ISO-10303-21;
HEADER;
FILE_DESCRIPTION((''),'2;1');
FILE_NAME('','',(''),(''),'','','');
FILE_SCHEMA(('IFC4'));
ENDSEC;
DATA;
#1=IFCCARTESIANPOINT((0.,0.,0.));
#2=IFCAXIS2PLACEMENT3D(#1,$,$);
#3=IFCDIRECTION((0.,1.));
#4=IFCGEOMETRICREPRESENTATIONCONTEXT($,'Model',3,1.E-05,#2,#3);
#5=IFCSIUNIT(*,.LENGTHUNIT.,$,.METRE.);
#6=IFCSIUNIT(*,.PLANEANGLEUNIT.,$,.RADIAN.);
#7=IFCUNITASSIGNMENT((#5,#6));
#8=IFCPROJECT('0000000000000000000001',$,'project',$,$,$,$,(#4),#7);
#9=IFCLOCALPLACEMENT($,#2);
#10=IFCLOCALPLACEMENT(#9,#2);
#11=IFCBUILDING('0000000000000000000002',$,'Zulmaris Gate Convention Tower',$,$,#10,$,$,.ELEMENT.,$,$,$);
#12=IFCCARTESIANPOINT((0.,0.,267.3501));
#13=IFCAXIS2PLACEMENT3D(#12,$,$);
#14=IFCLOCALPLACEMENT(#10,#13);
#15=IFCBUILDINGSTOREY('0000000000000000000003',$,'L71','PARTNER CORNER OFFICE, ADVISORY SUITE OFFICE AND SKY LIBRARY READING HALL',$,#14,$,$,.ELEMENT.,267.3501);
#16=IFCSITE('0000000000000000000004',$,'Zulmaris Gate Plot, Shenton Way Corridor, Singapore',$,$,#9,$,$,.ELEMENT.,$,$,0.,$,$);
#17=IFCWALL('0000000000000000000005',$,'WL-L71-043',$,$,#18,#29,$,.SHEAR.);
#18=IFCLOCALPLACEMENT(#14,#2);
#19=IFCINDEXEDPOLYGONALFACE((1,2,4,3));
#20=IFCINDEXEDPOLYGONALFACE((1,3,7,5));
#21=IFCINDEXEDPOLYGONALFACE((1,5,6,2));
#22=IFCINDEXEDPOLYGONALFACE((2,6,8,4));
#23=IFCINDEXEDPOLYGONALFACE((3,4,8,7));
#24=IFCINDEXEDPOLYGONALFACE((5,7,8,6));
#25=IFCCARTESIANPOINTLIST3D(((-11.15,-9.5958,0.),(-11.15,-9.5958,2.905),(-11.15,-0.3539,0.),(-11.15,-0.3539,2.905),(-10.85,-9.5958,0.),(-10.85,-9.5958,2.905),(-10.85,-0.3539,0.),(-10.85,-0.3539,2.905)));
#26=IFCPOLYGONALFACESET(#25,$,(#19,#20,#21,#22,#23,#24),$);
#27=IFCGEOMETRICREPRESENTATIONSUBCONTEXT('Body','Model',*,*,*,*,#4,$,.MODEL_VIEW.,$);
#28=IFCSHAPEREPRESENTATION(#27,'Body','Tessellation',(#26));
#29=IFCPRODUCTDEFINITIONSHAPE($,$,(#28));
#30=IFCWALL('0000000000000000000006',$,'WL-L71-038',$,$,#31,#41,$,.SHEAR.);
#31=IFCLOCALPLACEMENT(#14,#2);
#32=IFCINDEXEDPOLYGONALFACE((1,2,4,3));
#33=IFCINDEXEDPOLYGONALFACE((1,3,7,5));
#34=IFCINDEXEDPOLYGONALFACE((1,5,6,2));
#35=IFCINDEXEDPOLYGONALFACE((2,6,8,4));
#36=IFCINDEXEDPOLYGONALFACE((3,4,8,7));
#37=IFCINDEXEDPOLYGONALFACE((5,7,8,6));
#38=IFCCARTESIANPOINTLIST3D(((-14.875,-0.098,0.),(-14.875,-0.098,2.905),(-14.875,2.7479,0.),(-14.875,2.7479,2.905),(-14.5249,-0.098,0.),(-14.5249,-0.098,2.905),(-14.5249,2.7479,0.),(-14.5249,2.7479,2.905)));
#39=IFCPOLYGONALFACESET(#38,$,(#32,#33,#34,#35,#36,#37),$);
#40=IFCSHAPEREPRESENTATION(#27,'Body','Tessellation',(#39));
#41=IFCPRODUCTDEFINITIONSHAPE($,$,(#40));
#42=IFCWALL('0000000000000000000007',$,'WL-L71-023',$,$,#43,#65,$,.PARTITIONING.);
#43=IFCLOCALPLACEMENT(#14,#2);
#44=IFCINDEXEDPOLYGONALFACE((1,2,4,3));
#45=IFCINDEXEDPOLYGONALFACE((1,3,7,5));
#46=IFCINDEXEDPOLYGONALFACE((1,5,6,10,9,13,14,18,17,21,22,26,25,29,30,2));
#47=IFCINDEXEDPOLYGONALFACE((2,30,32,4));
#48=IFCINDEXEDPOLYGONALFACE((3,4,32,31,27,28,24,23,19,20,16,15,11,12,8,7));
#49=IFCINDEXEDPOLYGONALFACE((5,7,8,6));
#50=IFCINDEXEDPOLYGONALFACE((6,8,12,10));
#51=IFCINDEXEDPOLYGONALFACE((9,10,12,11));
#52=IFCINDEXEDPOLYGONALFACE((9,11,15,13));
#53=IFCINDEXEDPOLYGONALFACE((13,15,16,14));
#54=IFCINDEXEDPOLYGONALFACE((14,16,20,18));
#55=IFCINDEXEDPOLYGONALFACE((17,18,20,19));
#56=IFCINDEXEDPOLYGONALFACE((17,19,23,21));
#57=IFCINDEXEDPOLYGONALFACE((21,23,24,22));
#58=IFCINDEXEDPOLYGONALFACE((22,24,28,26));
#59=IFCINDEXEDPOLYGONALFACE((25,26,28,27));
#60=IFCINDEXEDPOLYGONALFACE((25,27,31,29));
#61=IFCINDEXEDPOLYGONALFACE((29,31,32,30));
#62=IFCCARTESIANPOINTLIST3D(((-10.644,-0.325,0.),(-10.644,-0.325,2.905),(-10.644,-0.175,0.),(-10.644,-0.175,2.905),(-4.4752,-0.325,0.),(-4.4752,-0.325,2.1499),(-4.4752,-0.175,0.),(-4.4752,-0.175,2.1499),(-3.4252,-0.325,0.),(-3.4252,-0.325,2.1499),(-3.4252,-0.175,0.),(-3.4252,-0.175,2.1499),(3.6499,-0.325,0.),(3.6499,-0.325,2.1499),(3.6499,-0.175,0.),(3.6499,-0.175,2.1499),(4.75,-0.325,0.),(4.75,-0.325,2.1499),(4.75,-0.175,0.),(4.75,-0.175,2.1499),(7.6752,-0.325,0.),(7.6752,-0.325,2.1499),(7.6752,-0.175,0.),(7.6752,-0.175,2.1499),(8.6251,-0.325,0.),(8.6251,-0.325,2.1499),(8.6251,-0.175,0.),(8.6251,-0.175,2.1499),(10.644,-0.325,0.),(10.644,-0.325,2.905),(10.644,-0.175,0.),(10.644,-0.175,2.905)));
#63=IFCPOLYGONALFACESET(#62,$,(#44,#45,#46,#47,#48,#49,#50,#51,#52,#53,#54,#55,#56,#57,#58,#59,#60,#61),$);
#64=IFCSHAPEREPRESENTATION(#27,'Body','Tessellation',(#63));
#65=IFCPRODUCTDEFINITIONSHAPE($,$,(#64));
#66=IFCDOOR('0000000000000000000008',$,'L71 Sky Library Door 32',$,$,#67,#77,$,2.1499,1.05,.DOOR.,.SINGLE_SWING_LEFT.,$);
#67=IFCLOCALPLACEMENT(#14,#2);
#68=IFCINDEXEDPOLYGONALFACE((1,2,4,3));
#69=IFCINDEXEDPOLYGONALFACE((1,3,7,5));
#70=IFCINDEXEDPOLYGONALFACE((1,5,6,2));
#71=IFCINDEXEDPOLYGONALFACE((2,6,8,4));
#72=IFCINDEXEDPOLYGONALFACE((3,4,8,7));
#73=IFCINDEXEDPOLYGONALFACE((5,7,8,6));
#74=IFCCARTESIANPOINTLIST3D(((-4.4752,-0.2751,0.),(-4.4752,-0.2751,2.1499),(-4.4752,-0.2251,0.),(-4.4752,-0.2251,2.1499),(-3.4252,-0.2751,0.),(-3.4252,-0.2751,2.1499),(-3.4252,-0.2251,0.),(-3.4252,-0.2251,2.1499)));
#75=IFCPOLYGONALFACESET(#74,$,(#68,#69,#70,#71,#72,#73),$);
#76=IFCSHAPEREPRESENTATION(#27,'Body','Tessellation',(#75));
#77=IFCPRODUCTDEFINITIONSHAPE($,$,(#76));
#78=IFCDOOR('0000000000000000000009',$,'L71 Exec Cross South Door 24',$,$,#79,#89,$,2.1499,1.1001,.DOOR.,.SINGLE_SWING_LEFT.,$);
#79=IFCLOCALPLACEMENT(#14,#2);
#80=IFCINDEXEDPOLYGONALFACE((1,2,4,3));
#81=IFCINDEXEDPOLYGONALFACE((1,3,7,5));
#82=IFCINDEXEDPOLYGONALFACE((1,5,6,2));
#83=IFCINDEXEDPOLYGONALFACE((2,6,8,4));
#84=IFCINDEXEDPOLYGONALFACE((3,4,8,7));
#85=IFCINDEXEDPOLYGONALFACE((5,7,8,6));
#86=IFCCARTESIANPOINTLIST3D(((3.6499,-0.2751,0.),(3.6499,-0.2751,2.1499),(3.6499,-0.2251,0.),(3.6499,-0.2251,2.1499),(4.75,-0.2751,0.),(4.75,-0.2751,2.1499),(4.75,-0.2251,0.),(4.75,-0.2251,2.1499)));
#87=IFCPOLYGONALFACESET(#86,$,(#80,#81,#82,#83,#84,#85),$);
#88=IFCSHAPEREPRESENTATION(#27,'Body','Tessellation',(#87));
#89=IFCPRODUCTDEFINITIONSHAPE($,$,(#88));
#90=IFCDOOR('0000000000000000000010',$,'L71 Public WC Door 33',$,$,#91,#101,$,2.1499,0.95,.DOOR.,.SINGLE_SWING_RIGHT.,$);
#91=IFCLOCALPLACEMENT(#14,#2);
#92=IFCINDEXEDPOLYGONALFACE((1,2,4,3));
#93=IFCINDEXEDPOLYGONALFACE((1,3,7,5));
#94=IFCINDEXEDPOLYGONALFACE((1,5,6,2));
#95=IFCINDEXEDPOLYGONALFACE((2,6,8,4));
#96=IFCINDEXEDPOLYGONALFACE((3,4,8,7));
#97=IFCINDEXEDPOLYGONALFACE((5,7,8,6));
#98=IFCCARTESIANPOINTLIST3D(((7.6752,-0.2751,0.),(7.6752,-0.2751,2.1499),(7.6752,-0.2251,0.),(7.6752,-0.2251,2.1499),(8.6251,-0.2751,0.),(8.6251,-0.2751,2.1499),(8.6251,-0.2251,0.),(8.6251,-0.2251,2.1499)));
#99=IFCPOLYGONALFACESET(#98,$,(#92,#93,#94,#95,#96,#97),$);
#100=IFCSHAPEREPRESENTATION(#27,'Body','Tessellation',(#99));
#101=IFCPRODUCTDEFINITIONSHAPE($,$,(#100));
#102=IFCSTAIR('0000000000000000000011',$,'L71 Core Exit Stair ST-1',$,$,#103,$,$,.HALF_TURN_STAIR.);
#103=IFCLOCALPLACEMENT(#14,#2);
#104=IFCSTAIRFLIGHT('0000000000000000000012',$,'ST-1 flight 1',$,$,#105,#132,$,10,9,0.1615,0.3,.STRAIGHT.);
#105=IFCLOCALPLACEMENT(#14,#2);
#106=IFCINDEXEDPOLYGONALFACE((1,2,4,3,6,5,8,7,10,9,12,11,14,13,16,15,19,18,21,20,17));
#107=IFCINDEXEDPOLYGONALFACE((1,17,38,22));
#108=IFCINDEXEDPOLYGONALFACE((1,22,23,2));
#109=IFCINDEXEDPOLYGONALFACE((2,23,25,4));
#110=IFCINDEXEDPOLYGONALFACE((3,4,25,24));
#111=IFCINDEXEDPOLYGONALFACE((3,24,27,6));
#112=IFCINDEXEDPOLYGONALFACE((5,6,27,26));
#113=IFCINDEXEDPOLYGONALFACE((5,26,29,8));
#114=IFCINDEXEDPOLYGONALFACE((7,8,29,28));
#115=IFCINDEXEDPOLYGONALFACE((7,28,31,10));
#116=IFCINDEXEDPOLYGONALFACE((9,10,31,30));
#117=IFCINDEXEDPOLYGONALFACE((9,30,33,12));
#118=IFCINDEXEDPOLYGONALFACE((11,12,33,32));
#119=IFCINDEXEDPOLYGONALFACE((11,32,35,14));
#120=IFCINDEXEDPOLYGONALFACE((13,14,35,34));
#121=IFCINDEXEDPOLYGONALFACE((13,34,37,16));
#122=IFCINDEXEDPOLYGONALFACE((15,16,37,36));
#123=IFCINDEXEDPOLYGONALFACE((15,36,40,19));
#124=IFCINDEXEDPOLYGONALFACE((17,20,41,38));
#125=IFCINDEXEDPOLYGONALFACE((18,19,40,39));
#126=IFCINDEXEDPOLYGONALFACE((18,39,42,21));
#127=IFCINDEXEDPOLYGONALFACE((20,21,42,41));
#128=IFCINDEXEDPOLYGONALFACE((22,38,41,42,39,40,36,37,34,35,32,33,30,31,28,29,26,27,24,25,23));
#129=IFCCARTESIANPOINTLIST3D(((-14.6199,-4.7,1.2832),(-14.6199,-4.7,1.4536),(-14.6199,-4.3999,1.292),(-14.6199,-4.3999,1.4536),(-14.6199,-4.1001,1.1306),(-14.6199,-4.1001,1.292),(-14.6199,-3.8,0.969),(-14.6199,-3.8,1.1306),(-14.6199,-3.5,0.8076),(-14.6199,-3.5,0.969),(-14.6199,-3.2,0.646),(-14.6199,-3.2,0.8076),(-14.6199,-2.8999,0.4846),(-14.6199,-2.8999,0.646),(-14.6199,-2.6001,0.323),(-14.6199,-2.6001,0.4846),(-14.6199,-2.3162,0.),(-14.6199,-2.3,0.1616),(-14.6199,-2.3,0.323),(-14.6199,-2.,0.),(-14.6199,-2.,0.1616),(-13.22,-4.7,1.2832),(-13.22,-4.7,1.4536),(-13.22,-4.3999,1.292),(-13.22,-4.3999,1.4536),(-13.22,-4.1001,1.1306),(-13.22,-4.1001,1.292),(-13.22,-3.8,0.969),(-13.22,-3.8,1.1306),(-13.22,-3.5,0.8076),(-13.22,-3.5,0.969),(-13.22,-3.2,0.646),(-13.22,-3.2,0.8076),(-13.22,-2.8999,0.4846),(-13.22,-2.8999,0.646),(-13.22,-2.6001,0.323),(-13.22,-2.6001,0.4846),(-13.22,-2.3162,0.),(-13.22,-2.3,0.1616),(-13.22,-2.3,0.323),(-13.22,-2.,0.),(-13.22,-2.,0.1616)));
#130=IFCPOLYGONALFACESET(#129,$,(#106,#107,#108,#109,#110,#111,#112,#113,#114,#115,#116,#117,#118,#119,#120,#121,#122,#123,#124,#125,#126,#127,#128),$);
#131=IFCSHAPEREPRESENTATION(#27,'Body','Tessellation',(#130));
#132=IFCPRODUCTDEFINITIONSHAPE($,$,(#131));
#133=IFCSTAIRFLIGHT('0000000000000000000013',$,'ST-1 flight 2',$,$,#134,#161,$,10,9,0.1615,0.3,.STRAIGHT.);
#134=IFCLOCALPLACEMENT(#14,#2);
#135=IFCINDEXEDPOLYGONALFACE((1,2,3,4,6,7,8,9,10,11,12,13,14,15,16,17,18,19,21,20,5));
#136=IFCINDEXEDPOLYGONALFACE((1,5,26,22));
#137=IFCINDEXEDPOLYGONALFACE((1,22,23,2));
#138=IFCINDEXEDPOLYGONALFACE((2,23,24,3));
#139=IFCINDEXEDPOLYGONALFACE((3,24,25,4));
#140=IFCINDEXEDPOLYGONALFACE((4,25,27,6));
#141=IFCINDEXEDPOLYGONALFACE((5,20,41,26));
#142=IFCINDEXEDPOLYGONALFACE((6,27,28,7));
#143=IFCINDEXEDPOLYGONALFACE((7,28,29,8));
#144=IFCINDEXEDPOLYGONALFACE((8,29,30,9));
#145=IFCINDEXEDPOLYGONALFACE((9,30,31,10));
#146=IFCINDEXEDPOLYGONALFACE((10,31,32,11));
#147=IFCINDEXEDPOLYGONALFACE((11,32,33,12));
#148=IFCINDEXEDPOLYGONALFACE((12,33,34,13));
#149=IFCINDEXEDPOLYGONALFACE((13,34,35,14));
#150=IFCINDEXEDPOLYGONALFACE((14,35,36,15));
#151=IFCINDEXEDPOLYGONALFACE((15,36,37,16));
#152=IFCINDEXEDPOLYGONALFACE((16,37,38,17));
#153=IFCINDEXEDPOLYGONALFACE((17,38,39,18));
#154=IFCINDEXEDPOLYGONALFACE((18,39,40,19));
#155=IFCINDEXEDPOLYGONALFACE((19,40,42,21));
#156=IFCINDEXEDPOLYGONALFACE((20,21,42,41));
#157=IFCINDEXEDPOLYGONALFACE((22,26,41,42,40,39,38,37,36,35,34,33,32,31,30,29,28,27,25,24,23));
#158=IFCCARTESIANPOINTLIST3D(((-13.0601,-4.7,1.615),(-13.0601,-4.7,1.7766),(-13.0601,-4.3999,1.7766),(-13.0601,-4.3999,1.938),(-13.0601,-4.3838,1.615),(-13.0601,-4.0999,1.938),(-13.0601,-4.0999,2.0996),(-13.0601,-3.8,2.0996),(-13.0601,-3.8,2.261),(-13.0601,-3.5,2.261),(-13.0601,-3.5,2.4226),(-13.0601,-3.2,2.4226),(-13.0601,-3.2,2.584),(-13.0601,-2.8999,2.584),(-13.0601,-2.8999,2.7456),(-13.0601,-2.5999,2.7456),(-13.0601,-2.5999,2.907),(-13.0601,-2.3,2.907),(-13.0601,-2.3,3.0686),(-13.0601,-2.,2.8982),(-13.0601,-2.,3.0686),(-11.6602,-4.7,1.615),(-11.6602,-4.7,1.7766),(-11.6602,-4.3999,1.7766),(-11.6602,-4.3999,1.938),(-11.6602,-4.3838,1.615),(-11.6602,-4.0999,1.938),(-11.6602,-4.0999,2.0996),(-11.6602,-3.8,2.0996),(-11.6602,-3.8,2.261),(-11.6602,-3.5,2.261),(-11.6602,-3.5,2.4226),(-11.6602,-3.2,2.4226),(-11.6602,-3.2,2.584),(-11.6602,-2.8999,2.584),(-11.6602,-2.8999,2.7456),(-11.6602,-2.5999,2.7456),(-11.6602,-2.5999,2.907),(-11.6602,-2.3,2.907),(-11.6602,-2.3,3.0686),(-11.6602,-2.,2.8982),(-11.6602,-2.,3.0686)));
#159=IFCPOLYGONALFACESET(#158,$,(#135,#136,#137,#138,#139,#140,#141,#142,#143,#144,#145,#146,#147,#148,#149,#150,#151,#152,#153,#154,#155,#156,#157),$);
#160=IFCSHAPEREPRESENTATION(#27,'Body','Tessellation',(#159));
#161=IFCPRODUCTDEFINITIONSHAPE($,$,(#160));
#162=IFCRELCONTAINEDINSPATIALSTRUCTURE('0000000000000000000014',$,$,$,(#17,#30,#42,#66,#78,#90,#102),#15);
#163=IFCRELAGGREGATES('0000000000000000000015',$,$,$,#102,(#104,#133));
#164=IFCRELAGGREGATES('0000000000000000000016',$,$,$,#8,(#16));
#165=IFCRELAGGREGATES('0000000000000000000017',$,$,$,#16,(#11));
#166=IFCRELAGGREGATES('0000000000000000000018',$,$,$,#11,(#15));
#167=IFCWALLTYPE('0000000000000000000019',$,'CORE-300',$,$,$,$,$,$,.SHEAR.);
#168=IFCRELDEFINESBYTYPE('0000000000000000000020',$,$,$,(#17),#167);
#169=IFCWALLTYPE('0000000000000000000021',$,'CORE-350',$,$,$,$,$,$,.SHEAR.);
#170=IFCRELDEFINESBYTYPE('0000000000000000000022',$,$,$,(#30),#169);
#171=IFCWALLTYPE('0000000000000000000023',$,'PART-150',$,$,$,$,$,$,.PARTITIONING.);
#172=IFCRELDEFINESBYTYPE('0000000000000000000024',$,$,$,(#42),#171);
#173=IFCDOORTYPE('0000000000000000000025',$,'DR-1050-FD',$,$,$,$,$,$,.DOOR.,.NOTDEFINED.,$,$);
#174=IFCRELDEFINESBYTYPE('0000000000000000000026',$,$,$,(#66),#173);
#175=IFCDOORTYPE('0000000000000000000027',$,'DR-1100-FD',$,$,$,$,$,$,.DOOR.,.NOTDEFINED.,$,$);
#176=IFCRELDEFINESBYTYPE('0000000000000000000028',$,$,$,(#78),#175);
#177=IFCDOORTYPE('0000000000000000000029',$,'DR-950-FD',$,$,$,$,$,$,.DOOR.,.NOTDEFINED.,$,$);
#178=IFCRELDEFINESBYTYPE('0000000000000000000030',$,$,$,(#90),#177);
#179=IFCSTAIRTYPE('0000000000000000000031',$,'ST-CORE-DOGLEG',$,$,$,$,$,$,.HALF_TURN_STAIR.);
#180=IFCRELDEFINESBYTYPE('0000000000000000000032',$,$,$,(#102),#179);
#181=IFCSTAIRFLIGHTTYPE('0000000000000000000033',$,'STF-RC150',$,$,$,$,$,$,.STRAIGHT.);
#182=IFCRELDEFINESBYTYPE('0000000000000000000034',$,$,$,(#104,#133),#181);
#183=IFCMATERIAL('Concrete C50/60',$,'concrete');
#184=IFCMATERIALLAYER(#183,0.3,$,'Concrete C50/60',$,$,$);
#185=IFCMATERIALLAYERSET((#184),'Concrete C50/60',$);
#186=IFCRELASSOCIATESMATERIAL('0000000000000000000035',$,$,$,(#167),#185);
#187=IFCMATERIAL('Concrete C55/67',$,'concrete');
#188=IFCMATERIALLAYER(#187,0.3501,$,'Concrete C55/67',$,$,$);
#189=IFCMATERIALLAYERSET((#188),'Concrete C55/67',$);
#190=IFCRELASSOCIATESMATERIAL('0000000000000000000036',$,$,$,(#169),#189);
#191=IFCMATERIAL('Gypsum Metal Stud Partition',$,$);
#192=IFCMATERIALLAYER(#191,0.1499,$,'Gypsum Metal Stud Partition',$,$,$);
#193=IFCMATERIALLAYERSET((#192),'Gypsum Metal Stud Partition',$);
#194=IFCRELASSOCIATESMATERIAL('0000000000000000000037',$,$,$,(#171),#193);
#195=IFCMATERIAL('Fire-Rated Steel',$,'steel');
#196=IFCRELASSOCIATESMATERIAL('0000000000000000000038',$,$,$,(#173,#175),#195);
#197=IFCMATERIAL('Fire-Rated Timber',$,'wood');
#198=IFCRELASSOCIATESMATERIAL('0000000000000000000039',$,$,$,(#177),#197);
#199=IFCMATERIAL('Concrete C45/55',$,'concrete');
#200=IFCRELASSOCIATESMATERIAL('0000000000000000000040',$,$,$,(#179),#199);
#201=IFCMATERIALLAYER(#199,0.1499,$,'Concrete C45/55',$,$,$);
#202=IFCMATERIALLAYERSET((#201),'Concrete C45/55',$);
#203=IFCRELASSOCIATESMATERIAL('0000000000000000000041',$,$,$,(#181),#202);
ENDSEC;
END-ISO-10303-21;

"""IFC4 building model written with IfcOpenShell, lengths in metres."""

from ifc_helpers import new_model, si_unit, direction, frame, frame_2d, origin, place, context, subcontext, project, spatial, polyline, rectangle, outline, extrude, material, layer, layer_set, type_object, element, fill, aggregate, save


model = new_model("IFC4")

# Units and contexts
model_context = context("Model", 3, precision=1e-05, world=origin(), true_north=direction((0.0, 1.0)))
body_context = subcontext(model_context, "Body", "Model", "MODEL_VIEW")
ifc_project = project(units=[si_unit("LENGTHUNIT", "METRE"), si_unit("PLANEANGLEUNIT", "RADIAN")], contexts=[model_context])

# Site, building, storey
site_placement = place(None, origin())
site = spatial("IfcSite", under=ifc_project, at=site_placement, Name="Zulmaris Gate Plot, Shenton Way Corridor, Singapore", CompositionType="ELEMENT", RefElevation=0.0)
building_placement = place(site_placement, origin())
building = spatial("IfcBuilding", under=site, at=building_placement, Name="Zulmaris Gate Convention Tower", CompositionType="ELEMENT")
storey_placement = place(building_placement, frame((0.0, 0.0, 267.3501)))
storey = spatial("IfcBuildingStorey", under=building, at=storey_placement, Name="L71", Description="PARTNER CORNER OFFICE, ADVISORY SUITE OFFICE AND SKY LIBRARY READING HALL", CompositionType="ELEMENT", Elevation=267.3501)

# Shared definitions
ifc_material_1 = material(Name="Concrete C50/60", Category="concrete")

# Walls
ifc_layer_1 = layer(ifc_material_1, 0.3, Name="Concrete C50/60")
ifc_layer_set_1 = layer_set([ifc_layer_1], Name="Concrete C50/60")
wall_type_1 = type_object("IfcWallType", Name="CORE-300", PredefinedType="SHEAR", material=ifc_layer_set_1)
wall_1_placement = place(storey_placement, frame((-11.0, -9.5959, 0.0), z_axis=(0.0, 0.0, 1.0), x_axis=(0.0, 1.0, 0.0)))
element("IfcWall", 1, at=wall_1_placement, inside=storey, type_object=wall_type_1, Name="WL-L71-043", PredefinedType="SHEAR", context=body_context, shape_type="SweptSolid", body=[
    extrude(rectangle(XDim=9.2419, YDim=0.3, at=frame_2d((4.6211, 0.0))), origin(), (0.0, 0.0, 1.0), 2.905),
])
ifc_material_2 = material(Name="Concrete C55/67", Category="concrete")
ifc_layer_2 = layer(ifc_material_2, 0.3501, Name="Concrete C55/67")
ifc_layer_set_2 = layer_set([ifc_layer_2], Name="Concrete C55/67")
wall_type_2 = type_object("IfcWallType", Name="CORE-350", PredefinedType="SHEAR", material=ifc_layer_set_2)
wall_2_placement = place(storey_placement, frame((-14.7, -0.0979, 0.0), z_axis=(0.0, 0.0, 1.0), x_axis=(0.0, 1.0, 0.0)))
element("IfcWall", 2, at=wall_2_placement, inside=storey, type_object=wall_type_2, Name="WL-L71-038", PredefinedType="SHEAR", context=body_context, shape_type="SweptSolid", body=[
    extrude(rectangle(XDim=2.8459, YDim=0.3501, at=frame_2d((1.4229, 0.0))), origin(), (0.0, 0.0, 1.0), 2.905),
])

# Wall, openings, doors
ifc_material_3 = material(Name="Gypsum Metal Stud Partition")
ifc_layer_3 = layer(ifc_material_3, 0.1499, Name="Gypsum Metal Stud Partition")
ifc_layer_set_3 = layer_set([ifc_layer_3], Name="Gypsum Metal Stud Partition")
wall_type_3 = type_object("IfcWallType", Name="PART-150", PredefinedType="PARTITIONING", material=ifc_layer_set_3)
wall_3_placement = place(storey_placement, frame((-10.644, -0.25, 0.0), z_axis=(0.0, 0.0, 1.0), x_axis=(1.0, 0.0, 0.0)))
wall_3 = element("IfcWall", 3, at=wall_3_placement, inside=storey, type_object=wall_type_3, Name="WL-L71-023", PredefinedType="PARTITIONING", context=body_context, shape_type="SweptSolid", body=[
    extrude(rectangle(XDim=21.2881, YDim=0.1499, at=frame_2d((10.644, 0.0))), origin(), (0.0, 0.0, 1.0), 2.905),
])
opening_1_placement = place(wall_3_placement, frame((14.2939, 0.0, 0.0)))
opening_1 = element("IfcOpeningElement", 4, at=opening_1_placement, cuts=wall_3, PredefinedType="OPENING", context=body_context, shape_type="SweptSolid", body=[
    extrude(rectangle(XDim=1.1001, YDim=2.1499, at=frame_2d((0.55, 1.075))), frame((0.0, 0.085, 0.0), z_axis=(0.0, -1.0, 0.0), x_axis=(1.0, 0.0, 0.0)), (0.0, 0.0, 1.0), 0.1699),
])
opening_2_placement = place(wall_3_placement, frame((6.1689, 0.0, 0.0)))
opening_2 = element("IfcOpeningElement", 5, at=opening_2_placement, cuts=wall_3, PredefinedType="OPENING", context=body_context, shape_type="SweptSolid", body=[
    extrude(rectangle(XDim=1.05, YDim=2.1499, at=frame_2d((0.5249, 1.075))), frame((0.0, 0.085, 0.0), z_axis=(0.0, -1.0, 0.0), x_axis=(1.0, 0.0, 0.0)), (0.0, 0.0, 1.0), 0.1699),
])
opening_3_placement = place(wall_3_placement, frame((18.3191, 0.0, 0.0)))
opening_3 = element("IfcOpeningElement", 6, at=opening_3_placement, cuts=wall_3, PredefinedType="OPENING", context=body_context, shape_type="SweptSolid", body=[
    extrude(rectangle(XDim=0.95, YDim=2.1499, at=frame_2d((0.4751, 1.075))), frame((0.0, 0.085, 0.0), z_axis=(0.0, -1.0, 0.0), x_axis=(1.0, 0.0, 0.0)), (0.0, 0.0, 1.0), 0.1699),
])
ifc_material_4 = material(Name="Fire-Rated Steel", Category="steel")
door_type_1 = type_object("IfcDoorType", Name="DR-1050-FD", OperationType="NOTDEFINED", PredefinedType="DOOR", material=ifc_material_4)
door_1_placement = place(opening_2_placement, origin())
door_1 = element("IfcDoor", 7, at=door_1_placement, inside=storey, type_object=door_type_1, Name="L71 Sky Library Door 32", OperationType="SINGLE_SWING_LEFT", OverallHeight=2.1499, OverallWidth=1.05, PredefinedType="DOOR", context=body_context, shape_type="SweptSolid", body=[
    extrude(rectangle(XDim=1.05, YDim=2.1499, at=frame_2d((0.5249, 1.075))), frame((0.0, 0.0249, 0.0), z_axis=(0.0, -1.0, 0.0), x_axis=(1.0, 0.0, 0.0)), (0.0, 0.0, 1.0), 0.05),
])
fill(opening_2, door_1)
door_type_2 = type_object("IfcDoorType", Name="DR-1100-FD", OperationType="NOTDEFINED", PredefinedType="DOOR", material=ifc_material_4)
door_2_placement = place(opening_1_placement, origin())
door_2 = element("IfcDoor", 8, at=door_2_placement, inside=storey, type_object=door_type_2, Name="L71 Exec Cross South Door 24", OperationType="SINGLE_SWING_LEFT", OverallHeight=2.1499, OverallWidth=1.1001, PredefinedType="DOOR", context=body_context, shape_type="SweptSolid", body=[
    extrude(rectangle(XDim=1.1001, YDim=2.1499, at=frame_2d((0.55, 1.075))), frame((0.0, 0.0249, 0.0), z_axis=(0.0, -1.0, 0.0), x_axis=(1.0, 0.0, 0.0)), (0.0, 0.0, 1.0), 0.05),
])
fill(opening_1, door_2)
ifc_material_5 = material(Name="Fire-Rated Timber", Category="wood")
door_type_3 = type_object("IfcDoorType", Name="DR-950-FD", OperationType="NOTDEFINED", PredefinedType="DOOR", material=ifc_material_5)
door_3_placement = place(opening_3_placement, origin())
door_3 = element("IfcDoor", 9, at=door_3_placement, inside=storey, type_object=door_type_3, Name="L71 Public WC Door 33", OperationType="SINGLE_SWING_RIGHT", OverallHeight=2.1499, OverallWidth=0.95, PredefinedType="DOOR", context=body_context, shape_type="SweptSolid", body=[
    extrude(rectangle(XDim=0.95, YDim=2.1499, at=frame_2d((0.4751, 1.075))), frame((0.0, 0.0249, 0.0), z_axis=(0.0, -1.0, 0.0), x_axis=(1.0, 0.0, 0.0)), (0.0, 0.0, 1.0), 0.05),
])
fill(opening_3, door_3)

# Stair, stair flights
ifc_material_6 = material(Name="Concrete C45/55", Category="concrete")
stair_type = type_object("IfcStairType", Name="ST-CORE-DOGLEG", PredefinedType="HALF_TURN_STAIR", material=ifc_material_6)
stair_1_placement = place(storey_placement, origin())
stair_1 = element("IfcStair", 10, at=stair_1_placement, inside=storey, type_object=stair_type, Name="L71 Core Exit Stair ST-1", PredefinedType="HALF_TURN_STAIR")
ifc_layer_4 = layer(ifc_material_6, 0.1499, Name="Concrete C45/55")
ifc_layer_set_4 = layer_set([ifc_layer_4], Name="Concrete C45/55")
stair_flight_type = type_object("IfcStairFlightType", Name="STF-RC150", PredefinedType="STRAIGHT", material=ifc_layer_set_4)
stair_flight_1_placement = place(storey_placement, frame((-13.9199, -2.0, 0.0), z_axis=(0.0, 0.0, 1.0), x_axis=(0.0, -1.0, 0.0)))
stair_flight_1 = element("IfcStairFlight", 11, at=stair_flight_1_placement, type_object=stair_flight_type, Name="ST-1 flight 1", NumberOfRisers=10, NumberOfTreads=9, PredefinedType="STRAIGHT", RiserHeight=0.1615, TreadLength=0.3, context=body_context, shape_type="SweptSolid", body=[
    extrude(outline(polyline([(0.0, 0.0), (0.0, 0.1616), (0.3, 0.1616), (0.3, 0.323), (0.6001, 0.323), (0.6001, 0.4846), (0.8999, 0.4846), (0.8999, 0.646), (1.2, 0.646), (1.2, 0.8076), (1.5, 0.8076), (1.5, 0.969), (1.8, 0.969), (1.8, 1.1306), (2.1001, 1.1306), (2.1001, 1.292), (2.3999, 1.292), (2.3999, 1.4536), (2.7, 1.4536), (2.7, 1.615), (2.7, 1.2832), (0.3162, 0.0), (0.0, 0.0)])), frame((0.0, 0.7, 0.0), z_axis=(0.0, -1.0, 0.0), x_axis=(1.0, 0.0, 0.0)), (0.0, 0.0, 1.0), 1.3999),
])
stair_flight_2_placement = place(storey_placement, frame((-12.3601, -4.7, 1.615), z_axis=(0.0, 0.0, 1.0), x_axis=(0.0, 1.0, 0.0)))
stair_flight_2 = element("IfcStairFlight", 12, at=stair_flight_2_placement, type_object=stair_flight_type, Name="ST-1 flight 2", NumberOfRisers=10, NumberOfTreads=9, PredefinedType="STRAIGHT", RiserHeight=0.1615, TreadLength=0.3, context=body_context, shape_type="SweptSolid", body=[
    extrude(outline(polyline([(0.0, 0.0), (0.0, 0.1616), (0.3, 0.1616), (0.3, 0.323), (0.6001, 0.323), (0.6001, 0.4846), (0.8999, 0.4846), (0.8999, 0.646), (1.2, 0.646), (1.2, 0.8076), (1.5, 0.8076), (1.5, 0.969), (1.8, 0.969), (1.8, 1.1306), (2.1001, 1.1306), (2.1001, 1.292), (2.3999, 1.292), (2.3999, 1.4536), (2.7, 1.4536), (2.7, 1.615), (2.7, 1.2832), (0.3162, 0.0), (0.0, 0.0)])), frame((0.0, 0.7, 0.0), z_axis=(0.0, -1.0, 0.0), x_axis=(1.0, 0.0, 0.0)), (0.0, 0.0, 1.0), 1.3999),
])
aggregate(stair_1, [stair_flight_1, stair_flight_2])

save(model, "model.ifc")
